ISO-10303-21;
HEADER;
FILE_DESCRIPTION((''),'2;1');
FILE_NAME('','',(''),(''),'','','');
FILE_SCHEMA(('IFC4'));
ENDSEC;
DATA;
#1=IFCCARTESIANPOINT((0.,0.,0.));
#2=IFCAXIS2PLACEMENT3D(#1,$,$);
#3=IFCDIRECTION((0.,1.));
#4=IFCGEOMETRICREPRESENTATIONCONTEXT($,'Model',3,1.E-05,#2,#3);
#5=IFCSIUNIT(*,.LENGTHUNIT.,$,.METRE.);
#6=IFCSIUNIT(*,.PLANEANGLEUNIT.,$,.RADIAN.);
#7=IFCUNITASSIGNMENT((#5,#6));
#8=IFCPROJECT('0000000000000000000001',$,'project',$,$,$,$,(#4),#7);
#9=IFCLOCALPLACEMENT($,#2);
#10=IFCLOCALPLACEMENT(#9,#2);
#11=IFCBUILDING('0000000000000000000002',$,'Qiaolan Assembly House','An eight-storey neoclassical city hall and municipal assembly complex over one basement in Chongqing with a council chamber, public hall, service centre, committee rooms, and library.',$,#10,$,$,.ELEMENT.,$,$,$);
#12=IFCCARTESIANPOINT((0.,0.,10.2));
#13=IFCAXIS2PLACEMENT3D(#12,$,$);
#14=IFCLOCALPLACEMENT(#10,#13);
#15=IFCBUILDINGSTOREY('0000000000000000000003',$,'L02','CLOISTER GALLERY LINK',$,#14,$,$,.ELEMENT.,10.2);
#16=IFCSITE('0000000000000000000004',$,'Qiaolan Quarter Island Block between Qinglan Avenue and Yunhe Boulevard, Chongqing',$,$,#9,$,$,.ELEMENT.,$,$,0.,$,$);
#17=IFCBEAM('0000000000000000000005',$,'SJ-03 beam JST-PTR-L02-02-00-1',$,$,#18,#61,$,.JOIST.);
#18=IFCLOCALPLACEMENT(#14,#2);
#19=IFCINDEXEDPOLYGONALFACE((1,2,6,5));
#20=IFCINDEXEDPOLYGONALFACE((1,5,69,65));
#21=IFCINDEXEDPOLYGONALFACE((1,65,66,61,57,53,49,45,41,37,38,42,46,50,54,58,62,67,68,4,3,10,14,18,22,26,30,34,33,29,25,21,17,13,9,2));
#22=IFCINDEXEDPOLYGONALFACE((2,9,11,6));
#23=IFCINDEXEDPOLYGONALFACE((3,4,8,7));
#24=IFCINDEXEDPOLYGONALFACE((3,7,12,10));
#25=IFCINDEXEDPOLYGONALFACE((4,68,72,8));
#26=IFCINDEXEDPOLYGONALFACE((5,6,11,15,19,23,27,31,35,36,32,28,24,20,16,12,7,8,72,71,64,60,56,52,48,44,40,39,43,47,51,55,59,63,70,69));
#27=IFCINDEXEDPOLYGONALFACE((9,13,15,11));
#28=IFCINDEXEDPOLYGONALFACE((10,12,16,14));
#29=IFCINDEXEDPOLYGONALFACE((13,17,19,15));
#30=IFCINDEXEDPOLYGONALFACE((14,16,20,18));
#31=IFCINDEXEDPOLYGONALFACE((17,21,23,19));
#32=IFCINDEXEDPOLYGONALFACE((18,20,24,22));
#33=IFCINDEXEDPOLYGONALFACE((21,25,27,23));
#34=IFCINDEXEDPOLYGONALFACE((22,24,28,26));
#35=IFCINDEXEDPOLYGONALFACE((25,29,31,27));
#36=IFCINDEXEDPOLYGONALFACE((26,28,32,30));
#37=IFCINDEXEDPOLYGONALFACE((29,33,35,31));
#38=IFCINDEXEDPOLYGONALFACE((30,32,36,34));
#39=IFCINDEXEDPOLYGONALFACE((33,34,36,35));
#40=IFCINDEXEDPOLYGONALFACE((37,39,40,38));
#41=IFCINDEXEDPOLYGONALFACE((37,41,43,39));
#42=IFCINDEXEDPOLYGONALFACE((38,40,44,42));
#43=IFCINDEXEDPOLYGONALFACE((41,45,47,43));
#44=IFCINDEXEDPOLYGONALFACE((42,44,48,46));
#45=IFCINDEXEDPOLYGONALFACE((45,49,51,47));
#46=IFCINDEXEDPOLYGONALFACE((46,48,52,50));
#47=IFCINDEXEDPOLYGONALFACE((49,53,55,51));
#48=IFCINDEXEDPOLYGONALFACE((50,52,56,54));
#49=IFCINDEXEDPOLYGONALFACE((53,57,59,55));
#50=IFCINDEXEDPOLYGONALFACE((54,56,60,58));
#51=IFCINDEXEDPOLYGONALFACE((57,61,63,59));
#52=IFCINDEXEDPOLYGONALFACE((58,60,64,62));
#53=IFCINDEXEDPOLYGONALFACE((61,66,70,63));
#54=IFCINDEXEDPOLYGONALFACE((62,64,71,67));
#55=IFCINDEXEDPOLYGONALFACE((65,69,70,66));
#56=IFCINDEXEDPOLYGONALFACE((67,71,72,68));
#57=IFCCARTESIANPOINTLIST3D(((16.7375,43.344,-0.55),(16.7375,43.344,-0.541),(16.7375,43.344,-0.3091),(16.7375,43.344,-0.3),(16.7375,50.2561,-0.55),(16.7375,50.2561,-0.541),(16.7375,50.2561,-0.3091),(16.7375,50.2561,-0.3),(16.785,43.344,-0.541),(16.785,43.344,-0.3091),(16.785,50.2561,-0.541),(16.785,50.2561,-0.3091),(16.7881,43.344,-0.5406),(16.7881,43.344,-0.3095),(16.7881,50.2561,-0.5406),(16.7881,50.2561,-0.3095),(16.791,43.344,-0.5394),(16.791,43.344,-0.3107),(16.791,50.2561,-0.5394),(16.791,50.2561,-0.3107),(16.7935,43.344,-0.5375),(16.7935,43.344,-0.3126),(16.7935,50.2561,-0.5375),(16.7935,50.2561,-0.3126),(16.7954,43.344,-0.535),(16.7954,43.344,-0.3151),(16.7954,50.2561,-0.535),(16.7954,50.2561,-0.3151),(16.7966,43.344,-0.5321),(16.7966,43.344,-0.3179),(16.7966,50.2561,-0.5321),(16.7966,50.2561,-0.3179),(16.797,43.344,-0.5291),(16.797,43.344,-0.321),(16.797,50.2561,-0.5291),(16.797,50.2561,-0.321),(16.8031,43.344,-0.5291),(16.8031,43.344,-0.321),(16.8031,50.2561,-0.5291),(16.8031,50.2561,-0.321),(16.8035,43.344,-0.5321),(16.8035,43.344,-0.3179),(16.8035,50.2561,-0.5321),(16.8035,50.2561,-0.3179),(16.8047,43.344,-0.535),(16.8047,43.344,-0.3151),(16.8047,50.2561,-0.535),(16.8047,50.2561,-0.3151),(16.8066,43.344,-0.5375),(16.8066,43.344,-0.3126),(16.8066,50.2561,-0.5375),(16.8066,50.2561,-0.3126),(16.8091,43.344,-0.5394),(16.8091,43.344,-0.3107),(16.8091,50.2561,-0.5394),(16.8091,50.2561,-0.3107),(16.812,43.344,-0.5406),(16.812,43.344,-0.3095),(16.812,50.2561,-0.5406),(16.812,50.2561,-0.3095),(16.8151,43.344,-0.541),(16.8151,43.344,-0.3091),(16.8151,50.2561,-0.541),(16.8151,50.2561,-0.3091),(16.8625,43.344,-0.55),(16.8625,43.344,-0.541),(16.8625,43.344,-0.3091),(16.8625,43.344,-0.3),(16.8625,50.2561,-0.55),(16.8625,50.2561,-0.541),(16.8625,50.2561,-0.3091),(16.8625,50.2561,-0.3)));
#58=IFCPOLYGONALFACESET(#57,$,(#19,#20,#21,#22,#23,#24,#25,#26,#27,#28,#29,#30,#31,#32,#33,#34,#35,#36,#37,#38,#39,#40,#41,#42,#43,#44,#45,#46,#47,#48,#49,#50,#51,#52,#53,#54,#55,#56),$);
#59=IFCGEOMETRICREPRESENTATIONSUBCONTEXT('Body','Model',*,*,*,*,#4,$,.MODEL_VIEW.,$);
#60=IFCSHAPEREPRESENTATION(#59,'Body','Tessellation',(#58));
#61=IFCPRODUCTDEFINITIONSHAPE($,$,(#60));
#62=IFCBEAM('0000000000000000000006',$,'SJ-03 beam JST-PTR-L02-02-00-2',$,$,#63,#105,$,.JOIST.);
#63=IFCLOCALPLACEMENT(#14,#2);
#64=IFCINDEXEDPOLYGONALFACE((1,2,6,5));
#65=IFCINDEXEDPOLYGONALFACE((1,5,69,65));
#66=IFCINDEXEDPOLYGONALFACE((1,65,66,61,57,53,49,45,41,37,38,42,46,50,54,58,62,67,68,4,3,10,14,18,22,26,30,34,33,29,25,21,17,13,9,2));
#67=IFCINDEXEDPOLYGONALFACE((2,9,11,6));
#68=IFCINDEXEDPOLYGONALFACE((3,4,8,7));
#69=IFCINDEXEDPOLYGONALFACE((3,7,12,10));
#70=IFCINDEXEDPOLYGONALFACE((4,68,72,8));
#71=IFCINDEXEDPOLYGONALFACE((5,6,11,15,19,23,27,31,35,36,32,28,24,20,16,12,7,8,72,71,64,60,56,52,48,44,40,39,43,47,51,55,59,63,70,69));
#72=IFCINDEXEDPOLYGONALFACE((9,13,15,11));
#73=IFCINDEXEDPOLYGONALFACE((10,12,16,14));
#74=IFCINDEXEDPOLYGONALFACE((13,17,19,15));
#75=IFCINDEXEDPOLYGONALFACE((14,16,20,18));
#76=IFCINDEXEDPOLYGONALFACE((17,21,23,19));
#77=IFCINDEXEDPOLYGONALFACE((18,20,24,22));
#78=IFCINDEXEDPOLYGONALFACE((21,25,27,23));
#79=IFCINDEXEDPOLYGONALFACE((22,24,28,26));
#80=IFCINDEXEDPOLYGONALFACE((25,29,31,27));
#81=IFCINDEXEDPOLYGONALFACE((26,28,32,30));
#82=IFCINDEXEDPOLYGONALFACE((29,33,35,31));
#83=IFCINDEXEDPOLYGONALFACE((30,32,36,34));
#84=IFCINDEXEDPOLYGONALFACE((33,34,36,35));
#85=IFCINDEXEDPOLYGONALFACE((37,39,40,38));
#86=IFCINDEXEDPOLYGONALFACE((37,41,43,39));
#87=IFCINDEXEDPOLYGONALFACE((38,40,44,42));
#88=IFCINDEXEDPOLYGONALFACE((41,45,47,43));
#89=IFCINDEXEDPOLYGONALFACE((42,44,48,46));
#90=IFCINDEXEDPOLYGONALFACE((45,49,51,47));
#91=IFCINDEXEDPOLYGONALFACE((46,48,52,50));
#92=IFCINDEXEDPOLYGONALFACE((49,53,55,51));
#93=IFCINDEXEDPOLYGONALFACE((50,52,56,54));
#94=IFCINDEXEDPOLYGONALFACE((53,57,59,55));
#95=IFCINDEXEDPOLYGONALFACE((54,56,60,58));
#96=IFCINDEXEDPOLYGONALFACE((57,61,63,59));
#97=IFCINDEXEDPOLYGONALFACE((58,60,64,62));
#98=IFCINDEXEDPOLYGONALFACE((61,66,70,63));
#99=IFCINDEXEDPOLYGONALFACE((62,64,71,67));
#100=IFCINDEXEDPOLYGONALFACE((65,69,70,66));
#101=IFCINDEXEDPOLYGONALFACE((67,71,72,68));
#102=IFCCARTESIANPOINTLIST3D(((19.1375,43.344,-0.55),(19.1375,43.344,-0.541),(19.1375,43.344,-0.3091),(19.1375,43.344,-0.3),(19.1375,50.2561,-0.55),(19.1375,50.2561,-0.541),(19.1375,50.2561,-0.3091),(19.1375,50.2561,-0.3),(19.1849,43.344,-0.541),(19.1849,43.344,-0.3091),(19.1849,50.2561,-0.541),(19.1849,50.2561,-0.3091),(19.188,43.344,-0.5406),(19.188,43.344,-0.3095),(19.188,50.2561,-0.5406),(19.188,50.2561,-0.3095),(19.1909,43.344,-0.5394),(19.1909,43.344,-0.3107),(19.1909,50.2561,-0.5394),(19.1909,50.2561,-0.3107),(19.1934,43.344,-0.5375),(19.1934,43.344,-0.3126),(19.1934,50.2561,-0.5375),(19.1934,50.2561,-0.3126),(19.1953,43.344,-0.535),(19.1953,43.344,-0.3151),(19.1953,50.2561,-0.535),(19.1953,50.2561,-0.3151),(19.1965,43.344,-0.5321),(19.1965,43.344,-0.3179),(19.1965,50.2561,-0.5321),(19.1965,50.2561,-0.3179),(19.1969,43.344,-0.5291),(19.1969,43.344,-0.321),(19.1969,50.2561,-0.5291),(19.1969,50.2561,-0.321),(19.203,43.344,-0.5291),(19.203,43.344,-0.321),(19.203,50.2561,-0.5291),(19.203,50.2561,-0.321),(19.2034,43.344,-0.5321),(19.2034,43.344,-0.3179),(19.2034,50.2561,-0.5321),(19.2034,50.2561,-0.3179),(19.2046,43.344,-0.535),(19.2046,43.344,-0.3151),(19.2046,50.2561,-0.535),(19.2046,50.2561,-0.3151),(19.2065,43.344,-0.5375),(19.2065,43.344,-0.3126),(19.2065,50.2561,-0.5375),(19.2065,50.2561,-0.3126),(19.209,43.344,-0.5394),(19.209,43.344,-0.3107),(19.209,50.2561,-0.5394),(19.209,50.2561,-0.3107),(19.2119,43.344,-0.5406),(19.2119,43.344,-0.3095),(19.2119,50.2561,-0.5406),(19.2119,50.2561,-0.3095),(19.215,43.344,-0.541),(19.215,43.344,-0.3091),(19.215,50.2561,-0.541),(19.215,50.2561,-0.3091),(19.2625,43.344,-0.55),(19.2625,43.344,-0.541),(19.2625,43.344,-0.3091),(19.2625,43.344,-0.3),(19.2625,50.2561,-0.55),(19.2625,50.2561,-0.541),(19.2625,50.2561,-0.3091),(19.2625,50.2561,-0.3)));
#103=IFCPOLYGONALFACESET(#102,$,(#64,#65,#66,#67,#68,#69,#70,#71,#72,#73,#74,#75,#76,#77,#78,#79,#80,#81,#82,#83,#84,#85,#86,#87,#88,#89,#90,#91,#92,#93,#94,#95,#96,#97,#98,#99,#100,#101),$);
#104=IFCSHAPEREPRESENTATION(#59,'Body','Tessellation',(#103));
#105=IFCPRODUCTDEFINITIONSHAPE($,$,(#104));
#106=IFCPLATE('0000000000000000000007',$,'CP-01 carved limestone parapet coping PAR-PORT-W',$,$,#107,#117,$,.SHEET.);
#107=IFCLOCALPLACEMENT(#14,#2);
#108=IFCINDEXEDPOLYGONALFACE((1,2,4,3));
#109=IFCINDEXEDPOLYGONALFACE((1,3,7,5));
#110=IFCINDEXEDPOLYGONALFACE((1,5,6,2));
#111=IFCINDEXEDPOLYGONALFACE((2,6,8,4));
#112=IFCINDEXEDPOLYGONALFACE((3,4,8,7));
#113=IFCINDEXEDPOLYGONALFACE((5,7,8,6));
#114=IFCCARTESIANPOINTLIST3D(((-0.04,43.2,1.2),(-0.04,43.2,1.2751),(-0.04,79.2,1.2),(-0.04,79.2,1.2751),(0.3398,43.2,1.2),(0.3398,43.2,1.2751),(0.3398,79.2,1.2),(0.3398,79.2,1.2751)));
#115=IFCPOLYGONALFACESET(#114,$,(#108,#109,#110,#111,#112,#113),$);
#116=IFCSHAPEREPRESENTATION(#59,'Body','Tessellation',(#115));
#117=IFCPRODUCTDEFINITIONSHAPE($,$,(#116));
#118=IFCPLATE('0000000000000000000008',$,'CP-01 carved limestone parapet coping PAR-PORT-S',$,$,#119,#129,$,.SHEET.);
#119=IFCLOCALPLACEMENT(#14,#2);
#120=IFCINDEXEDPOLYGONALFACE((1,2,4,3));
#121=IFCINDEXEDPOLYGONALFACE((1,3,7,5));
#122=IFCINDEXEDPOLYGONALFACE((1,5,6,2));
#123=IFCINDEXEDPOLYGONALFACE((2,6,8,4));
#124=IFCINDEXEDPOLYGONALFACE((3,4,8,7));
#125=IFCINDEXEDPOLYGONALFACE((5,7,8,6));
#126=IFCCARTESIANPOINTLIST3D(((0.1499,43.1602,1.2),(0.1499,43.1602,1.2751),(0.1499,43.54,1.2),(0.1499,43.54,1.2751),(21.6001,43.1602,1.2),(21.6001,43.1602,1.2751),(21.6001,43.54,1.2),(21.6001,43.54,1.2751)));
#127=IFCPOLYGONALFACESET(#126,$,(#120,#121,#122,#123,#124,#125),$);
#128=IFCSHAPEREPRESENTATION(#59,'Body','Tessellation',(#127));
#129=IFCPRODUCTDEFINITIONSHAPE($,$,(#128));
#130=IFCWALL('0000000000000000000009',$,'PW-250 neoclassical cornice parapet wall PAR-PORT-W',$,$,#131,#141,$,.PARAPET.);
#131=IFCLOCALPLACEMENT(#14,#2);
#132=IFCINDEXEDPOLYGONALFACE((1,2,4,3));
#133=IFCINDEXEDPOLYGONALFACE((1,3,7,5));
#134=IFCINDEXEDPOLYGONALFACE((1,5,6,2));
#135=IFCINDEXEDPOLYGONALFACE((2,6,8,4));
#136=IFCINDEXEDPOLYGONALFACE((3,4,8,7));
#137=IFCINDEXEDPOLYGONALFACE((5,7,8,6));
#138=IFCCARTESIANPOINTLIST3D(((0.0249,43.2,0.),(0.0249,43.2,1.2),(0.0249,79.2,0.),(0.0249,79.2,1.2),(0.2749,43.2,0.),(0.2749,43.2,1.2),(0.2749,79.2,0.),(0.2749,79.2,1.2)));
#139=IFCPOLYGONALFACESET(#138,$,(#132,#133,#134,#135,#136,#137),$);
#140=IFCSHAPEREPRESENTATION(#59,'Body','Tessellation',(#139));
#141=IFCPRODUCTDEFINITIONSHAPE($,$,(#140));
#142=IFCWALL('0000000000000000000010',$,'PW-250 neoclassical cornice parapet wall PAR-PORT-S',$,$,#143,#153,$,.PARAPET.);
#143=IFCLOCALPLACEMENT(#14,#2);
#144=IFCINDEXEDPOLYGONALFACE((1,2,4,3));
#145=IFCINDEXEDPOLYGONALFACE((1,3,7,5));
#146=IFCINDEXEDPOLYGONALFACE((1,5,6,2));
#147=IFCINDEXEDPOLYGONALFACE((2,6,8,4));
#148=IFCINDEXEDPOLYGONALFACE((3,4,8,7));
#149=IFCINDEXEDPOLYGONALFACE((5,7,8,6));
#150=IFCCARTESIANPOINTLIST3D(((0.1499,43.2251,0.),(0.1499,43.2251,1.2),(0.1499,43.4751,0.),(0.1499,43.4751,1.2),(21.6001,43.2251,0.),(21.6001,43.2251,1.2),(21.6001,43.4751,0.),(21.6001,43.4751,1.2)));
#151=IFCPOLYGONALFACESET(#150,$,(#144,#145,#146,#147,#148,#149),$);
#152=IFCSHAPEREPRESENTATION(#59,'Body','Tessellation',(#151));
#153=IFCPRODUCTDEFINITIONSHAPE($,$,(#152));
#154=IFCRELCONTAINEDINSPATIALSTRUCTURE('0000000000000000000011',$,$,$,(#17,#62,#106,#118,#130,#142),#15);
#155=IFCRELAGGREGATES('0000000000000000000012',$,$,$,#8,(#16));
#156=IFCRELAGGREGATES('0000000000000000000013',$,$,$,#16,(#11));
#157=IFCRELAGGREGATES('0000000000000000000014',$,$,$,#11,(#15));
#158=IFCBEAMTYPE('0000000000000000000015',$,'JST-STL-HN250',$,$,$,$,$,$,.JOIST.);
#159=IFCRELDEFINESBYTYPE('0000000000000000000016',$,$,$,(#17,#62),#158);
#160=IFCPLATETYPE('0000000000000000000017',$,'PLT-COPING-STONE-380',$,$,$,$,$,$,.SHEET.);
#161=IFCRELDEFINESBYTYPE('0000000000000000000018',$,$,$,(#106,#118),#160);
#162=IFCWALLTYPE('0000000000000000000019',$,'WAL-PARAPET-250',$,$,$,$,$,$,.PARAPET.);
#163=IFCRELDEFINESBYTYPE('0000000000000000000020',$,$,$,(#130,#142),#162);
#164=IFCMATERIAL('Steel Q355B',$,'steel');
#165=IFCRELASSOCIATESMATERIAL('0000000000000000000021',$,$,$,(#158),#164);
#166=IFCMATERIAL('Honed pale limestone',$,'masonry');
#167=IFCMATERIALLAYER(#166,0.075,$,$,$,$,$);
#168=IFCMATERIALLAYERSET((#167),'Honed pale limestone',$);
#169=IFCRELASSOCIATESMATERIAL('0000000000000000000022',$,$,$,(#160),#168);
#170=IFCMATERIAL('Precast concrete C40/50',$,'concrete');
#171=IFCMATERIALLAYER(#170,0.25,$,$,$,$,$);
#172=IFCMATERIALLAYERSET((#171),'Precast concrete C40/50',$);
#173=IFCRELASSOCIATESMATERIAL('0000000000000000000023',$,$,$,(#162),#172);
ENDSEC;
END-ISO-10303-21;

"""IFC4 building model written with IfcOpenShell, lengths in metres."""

from ifc_helpers import new_model, si_unit, direction, frame, frame_2d, origin, origin_2d, place, context, subcontext, project, spatial, rectangle, i_section, extrude, material, layer, layer_set, material_profile, profile_set, type_object, element, save


model = new_model("IFC4")

# Units and contexts
model_context = context("Model", 3, precision=1e-05, world=origin(), true_north=direction((0.0, 1.0)))
body_context = subcontext(model_context, "Body", "Model", "MODEL_VIEW")
ifc_project = project(units=[si_unit("LENGTHUNIT", "METRE"), si_unit("PLANEANGLEUNIT", "RADIAN")], contexts=[model_context])

# Site, building, storey
site_placement = place(None, origin())
site = spatial("IfcSite", under=ifc_project, at=site_placement, Name="Qiaolan Quarter Island Block between Qinglan Avenue and Yunhe Boulevard, Chongqing", CompositionType="ELEMENT", RefElevation=0.0)
building_placement = place(site_placement, origin())
building = spatial("IfcBuilding", under=site, at=building_placement, Name="Qiaolan Assembly House", Description="An eight-storey neoclassical city hall and municipal assembly complex over one basement in Chongqing with a council chamber, public hall, service centre, committee rooms, and library.", CompositionType="ELEMENT")
storey_placement = place(building_placement, frame((0.0, 0.0, 10.2)))
storey = spatial("IfcBuildingStorey", under=building, at=storey_placement, Name="L02", Description="CLOISTER GALLERY LINK", CompositionType="ELEMENT", Elevation=10.2)

# Shared definitions
ifc_material_1 = material(Name="Steel Q355B", Category="steel")

# Beams
ifc_material_profile_1 = material_profile(ifc_material_1, i_section(OverallWidth=0.125, OverallDepth=0.25, WebThickness=0.0061, FlangeThickness=0.009, FilletRadius=0.012, at=origin_2d()), Name="HN 250x125x6x9")
ifc_profile_set_1 = profile_set([ifc_material_profile_1], Name="Steel Q355B")
beam_type_1 = type_object("IfcBeamType", Name="JST-STL-HN250", PredefinedType="JOIST", material=ifc_profile_set_1)
for number, where, z_axis, x_axis, name in (
    (1, (16.8, 43.344, -0.425), (0.0, 1.0, 0.0), (-1.0, 0.0, 0.0), "SJ-03 beam JST-PTR-L02-02-00-1"),
    (2, (19.2, 43.344, -0.425), (0.0, 1.0, 0.0), (-1.0, 0.0, 0.0), "SJ-03 beam JST-PTR-L02-02-00-2"),
):
    element("IfcBeam", number, at=place(storey_placement, frame(where, z_axis=z_axis, x_axis=x_axis)), inside=storey, type_object=beam_type_1, Name=name, PredefinedType="JOIST", context=body_context, shape_type="SweptSolid", body=[
        extrude(i_section(OverallWidth=0.125, OverallDepth=0.25, WebThickness=0.0061, FlangeThickness=0.009, FilletRadius=0.012, at=origin_2d()), origin(), (0.0, 0.0, 1.0), 6.9121),
    ])

# Plates
ifc_material_2 = material(Name="Honed pale limestone", Category="masonry")
ifc_layer_1 = layer(ifc_material_2, 0.075)
ifc_layer_set_1 = layer_set([ifc_layer_1], Name="Honed pale limestone")
plate_type = type_object("IfcPlateType", Name="PLT-COPING-STONE-380", PredefinedType="SHEET", material=ifc_layer_set_1)
plate_1_placement = place(storey_placement, frame((0.1499, 43.2, 1.2), z_axis=(0.0, 0.0, 1.0), x_axis=(0.0, 1.0, 0.0)))
element("IfcPlate", 3, at=plate_1_placement, inside=storey, type_object=plate_type, Name="CP-01 carved limestone parapet coping PAR-PORT-W", PredefinedType="SHEET", context=body_context, shape_type="SweptSolid", body=[
    extrude(rectangle(XDim=36.0, YDim=0.3799, at=frame_2d((18.0, 0.0))), origin(), (0.0, 0.0, 1.0), 0.0752),
])
plate_2_placement = place(storey_placement, frame((21.6001, 43.3501, 1.2), z_axis=(0.0, 0.0, 1.0), x_axis=(-1.0, 0.0, 0.0)))
element("IfcPlate", 4, at=plate_2_placement, inside=storey, type_object=plate_type, Name="CP-01 carved limestone parapet coping PAR-PORT-S", PredefinedType="SHEET", context=body_context, shape_type="SweptSolid", body=[
    extrude(rectangle(XDim=21.4502, YDim=0.3799, at=frame_2d((10.7251, 0.0))), origin(), (0.0, 0.0, 1.0), 0.0752),
])

# Walls
ifc_material_3 = material(Name="Precast concrete C40/50", Category="concrete")
ifc_layer_2 = layer(ifc_material_3, 0.25)
ifc_layer_set_2 = layer_set([ifc_layer_2], Name="Precast concrete C40/50")
wall_type = type_object("IfcWallType", Name="WAL-PARAPET-250", PredefinedType="PARAPET", material=ifc_layer_set_2)
wall_1_placement = place(storey_placement, frame((0.1499, 43.2, 0.0), z_axis=(0.0, 0.0, 1.0), x_axis=(0.0, 1.0, 0.0)))
element("IfcWall", 5, at=wall_1_placement, inside=storey, type_object=wall_type, Name="PW-250 neoclassical cornice parapet wall PAR-PORT-W", PredefinedType="PARAPET", context=body_context, shape_type="SweptSolid", body=[
    extrude(rectangle(XDim=36.0, YDim=0.25, at=frame_2d((18.0, 0.0))), origin(), (0.0, 0.0, 1.0), 1.2),
])
wall_2_placement = place(storey_placement, frame((21.6001, 43.3501, 0.0), z_axis=(0.0, 0.0, 1.0), x_axis=(-1.0, 0.0, 0.0)))
element("IfcWall", 6, at=wall_2_placement, inside=storey, type_object=wall_type, Name="PW-250 neoclassical cornice parapet wall PAR-PORT-S", PredefinedType="PARAPET", context=body_context, shape_type="SweptSolid", body=[
    extrude(rectangle(XDim=21.4502, YDim=0.25, at=frame_2d((10.7251, 0.0))), origin(), (0.0, 0.0, 1.0), 1.2),
])

save(model, "model.ifc")
